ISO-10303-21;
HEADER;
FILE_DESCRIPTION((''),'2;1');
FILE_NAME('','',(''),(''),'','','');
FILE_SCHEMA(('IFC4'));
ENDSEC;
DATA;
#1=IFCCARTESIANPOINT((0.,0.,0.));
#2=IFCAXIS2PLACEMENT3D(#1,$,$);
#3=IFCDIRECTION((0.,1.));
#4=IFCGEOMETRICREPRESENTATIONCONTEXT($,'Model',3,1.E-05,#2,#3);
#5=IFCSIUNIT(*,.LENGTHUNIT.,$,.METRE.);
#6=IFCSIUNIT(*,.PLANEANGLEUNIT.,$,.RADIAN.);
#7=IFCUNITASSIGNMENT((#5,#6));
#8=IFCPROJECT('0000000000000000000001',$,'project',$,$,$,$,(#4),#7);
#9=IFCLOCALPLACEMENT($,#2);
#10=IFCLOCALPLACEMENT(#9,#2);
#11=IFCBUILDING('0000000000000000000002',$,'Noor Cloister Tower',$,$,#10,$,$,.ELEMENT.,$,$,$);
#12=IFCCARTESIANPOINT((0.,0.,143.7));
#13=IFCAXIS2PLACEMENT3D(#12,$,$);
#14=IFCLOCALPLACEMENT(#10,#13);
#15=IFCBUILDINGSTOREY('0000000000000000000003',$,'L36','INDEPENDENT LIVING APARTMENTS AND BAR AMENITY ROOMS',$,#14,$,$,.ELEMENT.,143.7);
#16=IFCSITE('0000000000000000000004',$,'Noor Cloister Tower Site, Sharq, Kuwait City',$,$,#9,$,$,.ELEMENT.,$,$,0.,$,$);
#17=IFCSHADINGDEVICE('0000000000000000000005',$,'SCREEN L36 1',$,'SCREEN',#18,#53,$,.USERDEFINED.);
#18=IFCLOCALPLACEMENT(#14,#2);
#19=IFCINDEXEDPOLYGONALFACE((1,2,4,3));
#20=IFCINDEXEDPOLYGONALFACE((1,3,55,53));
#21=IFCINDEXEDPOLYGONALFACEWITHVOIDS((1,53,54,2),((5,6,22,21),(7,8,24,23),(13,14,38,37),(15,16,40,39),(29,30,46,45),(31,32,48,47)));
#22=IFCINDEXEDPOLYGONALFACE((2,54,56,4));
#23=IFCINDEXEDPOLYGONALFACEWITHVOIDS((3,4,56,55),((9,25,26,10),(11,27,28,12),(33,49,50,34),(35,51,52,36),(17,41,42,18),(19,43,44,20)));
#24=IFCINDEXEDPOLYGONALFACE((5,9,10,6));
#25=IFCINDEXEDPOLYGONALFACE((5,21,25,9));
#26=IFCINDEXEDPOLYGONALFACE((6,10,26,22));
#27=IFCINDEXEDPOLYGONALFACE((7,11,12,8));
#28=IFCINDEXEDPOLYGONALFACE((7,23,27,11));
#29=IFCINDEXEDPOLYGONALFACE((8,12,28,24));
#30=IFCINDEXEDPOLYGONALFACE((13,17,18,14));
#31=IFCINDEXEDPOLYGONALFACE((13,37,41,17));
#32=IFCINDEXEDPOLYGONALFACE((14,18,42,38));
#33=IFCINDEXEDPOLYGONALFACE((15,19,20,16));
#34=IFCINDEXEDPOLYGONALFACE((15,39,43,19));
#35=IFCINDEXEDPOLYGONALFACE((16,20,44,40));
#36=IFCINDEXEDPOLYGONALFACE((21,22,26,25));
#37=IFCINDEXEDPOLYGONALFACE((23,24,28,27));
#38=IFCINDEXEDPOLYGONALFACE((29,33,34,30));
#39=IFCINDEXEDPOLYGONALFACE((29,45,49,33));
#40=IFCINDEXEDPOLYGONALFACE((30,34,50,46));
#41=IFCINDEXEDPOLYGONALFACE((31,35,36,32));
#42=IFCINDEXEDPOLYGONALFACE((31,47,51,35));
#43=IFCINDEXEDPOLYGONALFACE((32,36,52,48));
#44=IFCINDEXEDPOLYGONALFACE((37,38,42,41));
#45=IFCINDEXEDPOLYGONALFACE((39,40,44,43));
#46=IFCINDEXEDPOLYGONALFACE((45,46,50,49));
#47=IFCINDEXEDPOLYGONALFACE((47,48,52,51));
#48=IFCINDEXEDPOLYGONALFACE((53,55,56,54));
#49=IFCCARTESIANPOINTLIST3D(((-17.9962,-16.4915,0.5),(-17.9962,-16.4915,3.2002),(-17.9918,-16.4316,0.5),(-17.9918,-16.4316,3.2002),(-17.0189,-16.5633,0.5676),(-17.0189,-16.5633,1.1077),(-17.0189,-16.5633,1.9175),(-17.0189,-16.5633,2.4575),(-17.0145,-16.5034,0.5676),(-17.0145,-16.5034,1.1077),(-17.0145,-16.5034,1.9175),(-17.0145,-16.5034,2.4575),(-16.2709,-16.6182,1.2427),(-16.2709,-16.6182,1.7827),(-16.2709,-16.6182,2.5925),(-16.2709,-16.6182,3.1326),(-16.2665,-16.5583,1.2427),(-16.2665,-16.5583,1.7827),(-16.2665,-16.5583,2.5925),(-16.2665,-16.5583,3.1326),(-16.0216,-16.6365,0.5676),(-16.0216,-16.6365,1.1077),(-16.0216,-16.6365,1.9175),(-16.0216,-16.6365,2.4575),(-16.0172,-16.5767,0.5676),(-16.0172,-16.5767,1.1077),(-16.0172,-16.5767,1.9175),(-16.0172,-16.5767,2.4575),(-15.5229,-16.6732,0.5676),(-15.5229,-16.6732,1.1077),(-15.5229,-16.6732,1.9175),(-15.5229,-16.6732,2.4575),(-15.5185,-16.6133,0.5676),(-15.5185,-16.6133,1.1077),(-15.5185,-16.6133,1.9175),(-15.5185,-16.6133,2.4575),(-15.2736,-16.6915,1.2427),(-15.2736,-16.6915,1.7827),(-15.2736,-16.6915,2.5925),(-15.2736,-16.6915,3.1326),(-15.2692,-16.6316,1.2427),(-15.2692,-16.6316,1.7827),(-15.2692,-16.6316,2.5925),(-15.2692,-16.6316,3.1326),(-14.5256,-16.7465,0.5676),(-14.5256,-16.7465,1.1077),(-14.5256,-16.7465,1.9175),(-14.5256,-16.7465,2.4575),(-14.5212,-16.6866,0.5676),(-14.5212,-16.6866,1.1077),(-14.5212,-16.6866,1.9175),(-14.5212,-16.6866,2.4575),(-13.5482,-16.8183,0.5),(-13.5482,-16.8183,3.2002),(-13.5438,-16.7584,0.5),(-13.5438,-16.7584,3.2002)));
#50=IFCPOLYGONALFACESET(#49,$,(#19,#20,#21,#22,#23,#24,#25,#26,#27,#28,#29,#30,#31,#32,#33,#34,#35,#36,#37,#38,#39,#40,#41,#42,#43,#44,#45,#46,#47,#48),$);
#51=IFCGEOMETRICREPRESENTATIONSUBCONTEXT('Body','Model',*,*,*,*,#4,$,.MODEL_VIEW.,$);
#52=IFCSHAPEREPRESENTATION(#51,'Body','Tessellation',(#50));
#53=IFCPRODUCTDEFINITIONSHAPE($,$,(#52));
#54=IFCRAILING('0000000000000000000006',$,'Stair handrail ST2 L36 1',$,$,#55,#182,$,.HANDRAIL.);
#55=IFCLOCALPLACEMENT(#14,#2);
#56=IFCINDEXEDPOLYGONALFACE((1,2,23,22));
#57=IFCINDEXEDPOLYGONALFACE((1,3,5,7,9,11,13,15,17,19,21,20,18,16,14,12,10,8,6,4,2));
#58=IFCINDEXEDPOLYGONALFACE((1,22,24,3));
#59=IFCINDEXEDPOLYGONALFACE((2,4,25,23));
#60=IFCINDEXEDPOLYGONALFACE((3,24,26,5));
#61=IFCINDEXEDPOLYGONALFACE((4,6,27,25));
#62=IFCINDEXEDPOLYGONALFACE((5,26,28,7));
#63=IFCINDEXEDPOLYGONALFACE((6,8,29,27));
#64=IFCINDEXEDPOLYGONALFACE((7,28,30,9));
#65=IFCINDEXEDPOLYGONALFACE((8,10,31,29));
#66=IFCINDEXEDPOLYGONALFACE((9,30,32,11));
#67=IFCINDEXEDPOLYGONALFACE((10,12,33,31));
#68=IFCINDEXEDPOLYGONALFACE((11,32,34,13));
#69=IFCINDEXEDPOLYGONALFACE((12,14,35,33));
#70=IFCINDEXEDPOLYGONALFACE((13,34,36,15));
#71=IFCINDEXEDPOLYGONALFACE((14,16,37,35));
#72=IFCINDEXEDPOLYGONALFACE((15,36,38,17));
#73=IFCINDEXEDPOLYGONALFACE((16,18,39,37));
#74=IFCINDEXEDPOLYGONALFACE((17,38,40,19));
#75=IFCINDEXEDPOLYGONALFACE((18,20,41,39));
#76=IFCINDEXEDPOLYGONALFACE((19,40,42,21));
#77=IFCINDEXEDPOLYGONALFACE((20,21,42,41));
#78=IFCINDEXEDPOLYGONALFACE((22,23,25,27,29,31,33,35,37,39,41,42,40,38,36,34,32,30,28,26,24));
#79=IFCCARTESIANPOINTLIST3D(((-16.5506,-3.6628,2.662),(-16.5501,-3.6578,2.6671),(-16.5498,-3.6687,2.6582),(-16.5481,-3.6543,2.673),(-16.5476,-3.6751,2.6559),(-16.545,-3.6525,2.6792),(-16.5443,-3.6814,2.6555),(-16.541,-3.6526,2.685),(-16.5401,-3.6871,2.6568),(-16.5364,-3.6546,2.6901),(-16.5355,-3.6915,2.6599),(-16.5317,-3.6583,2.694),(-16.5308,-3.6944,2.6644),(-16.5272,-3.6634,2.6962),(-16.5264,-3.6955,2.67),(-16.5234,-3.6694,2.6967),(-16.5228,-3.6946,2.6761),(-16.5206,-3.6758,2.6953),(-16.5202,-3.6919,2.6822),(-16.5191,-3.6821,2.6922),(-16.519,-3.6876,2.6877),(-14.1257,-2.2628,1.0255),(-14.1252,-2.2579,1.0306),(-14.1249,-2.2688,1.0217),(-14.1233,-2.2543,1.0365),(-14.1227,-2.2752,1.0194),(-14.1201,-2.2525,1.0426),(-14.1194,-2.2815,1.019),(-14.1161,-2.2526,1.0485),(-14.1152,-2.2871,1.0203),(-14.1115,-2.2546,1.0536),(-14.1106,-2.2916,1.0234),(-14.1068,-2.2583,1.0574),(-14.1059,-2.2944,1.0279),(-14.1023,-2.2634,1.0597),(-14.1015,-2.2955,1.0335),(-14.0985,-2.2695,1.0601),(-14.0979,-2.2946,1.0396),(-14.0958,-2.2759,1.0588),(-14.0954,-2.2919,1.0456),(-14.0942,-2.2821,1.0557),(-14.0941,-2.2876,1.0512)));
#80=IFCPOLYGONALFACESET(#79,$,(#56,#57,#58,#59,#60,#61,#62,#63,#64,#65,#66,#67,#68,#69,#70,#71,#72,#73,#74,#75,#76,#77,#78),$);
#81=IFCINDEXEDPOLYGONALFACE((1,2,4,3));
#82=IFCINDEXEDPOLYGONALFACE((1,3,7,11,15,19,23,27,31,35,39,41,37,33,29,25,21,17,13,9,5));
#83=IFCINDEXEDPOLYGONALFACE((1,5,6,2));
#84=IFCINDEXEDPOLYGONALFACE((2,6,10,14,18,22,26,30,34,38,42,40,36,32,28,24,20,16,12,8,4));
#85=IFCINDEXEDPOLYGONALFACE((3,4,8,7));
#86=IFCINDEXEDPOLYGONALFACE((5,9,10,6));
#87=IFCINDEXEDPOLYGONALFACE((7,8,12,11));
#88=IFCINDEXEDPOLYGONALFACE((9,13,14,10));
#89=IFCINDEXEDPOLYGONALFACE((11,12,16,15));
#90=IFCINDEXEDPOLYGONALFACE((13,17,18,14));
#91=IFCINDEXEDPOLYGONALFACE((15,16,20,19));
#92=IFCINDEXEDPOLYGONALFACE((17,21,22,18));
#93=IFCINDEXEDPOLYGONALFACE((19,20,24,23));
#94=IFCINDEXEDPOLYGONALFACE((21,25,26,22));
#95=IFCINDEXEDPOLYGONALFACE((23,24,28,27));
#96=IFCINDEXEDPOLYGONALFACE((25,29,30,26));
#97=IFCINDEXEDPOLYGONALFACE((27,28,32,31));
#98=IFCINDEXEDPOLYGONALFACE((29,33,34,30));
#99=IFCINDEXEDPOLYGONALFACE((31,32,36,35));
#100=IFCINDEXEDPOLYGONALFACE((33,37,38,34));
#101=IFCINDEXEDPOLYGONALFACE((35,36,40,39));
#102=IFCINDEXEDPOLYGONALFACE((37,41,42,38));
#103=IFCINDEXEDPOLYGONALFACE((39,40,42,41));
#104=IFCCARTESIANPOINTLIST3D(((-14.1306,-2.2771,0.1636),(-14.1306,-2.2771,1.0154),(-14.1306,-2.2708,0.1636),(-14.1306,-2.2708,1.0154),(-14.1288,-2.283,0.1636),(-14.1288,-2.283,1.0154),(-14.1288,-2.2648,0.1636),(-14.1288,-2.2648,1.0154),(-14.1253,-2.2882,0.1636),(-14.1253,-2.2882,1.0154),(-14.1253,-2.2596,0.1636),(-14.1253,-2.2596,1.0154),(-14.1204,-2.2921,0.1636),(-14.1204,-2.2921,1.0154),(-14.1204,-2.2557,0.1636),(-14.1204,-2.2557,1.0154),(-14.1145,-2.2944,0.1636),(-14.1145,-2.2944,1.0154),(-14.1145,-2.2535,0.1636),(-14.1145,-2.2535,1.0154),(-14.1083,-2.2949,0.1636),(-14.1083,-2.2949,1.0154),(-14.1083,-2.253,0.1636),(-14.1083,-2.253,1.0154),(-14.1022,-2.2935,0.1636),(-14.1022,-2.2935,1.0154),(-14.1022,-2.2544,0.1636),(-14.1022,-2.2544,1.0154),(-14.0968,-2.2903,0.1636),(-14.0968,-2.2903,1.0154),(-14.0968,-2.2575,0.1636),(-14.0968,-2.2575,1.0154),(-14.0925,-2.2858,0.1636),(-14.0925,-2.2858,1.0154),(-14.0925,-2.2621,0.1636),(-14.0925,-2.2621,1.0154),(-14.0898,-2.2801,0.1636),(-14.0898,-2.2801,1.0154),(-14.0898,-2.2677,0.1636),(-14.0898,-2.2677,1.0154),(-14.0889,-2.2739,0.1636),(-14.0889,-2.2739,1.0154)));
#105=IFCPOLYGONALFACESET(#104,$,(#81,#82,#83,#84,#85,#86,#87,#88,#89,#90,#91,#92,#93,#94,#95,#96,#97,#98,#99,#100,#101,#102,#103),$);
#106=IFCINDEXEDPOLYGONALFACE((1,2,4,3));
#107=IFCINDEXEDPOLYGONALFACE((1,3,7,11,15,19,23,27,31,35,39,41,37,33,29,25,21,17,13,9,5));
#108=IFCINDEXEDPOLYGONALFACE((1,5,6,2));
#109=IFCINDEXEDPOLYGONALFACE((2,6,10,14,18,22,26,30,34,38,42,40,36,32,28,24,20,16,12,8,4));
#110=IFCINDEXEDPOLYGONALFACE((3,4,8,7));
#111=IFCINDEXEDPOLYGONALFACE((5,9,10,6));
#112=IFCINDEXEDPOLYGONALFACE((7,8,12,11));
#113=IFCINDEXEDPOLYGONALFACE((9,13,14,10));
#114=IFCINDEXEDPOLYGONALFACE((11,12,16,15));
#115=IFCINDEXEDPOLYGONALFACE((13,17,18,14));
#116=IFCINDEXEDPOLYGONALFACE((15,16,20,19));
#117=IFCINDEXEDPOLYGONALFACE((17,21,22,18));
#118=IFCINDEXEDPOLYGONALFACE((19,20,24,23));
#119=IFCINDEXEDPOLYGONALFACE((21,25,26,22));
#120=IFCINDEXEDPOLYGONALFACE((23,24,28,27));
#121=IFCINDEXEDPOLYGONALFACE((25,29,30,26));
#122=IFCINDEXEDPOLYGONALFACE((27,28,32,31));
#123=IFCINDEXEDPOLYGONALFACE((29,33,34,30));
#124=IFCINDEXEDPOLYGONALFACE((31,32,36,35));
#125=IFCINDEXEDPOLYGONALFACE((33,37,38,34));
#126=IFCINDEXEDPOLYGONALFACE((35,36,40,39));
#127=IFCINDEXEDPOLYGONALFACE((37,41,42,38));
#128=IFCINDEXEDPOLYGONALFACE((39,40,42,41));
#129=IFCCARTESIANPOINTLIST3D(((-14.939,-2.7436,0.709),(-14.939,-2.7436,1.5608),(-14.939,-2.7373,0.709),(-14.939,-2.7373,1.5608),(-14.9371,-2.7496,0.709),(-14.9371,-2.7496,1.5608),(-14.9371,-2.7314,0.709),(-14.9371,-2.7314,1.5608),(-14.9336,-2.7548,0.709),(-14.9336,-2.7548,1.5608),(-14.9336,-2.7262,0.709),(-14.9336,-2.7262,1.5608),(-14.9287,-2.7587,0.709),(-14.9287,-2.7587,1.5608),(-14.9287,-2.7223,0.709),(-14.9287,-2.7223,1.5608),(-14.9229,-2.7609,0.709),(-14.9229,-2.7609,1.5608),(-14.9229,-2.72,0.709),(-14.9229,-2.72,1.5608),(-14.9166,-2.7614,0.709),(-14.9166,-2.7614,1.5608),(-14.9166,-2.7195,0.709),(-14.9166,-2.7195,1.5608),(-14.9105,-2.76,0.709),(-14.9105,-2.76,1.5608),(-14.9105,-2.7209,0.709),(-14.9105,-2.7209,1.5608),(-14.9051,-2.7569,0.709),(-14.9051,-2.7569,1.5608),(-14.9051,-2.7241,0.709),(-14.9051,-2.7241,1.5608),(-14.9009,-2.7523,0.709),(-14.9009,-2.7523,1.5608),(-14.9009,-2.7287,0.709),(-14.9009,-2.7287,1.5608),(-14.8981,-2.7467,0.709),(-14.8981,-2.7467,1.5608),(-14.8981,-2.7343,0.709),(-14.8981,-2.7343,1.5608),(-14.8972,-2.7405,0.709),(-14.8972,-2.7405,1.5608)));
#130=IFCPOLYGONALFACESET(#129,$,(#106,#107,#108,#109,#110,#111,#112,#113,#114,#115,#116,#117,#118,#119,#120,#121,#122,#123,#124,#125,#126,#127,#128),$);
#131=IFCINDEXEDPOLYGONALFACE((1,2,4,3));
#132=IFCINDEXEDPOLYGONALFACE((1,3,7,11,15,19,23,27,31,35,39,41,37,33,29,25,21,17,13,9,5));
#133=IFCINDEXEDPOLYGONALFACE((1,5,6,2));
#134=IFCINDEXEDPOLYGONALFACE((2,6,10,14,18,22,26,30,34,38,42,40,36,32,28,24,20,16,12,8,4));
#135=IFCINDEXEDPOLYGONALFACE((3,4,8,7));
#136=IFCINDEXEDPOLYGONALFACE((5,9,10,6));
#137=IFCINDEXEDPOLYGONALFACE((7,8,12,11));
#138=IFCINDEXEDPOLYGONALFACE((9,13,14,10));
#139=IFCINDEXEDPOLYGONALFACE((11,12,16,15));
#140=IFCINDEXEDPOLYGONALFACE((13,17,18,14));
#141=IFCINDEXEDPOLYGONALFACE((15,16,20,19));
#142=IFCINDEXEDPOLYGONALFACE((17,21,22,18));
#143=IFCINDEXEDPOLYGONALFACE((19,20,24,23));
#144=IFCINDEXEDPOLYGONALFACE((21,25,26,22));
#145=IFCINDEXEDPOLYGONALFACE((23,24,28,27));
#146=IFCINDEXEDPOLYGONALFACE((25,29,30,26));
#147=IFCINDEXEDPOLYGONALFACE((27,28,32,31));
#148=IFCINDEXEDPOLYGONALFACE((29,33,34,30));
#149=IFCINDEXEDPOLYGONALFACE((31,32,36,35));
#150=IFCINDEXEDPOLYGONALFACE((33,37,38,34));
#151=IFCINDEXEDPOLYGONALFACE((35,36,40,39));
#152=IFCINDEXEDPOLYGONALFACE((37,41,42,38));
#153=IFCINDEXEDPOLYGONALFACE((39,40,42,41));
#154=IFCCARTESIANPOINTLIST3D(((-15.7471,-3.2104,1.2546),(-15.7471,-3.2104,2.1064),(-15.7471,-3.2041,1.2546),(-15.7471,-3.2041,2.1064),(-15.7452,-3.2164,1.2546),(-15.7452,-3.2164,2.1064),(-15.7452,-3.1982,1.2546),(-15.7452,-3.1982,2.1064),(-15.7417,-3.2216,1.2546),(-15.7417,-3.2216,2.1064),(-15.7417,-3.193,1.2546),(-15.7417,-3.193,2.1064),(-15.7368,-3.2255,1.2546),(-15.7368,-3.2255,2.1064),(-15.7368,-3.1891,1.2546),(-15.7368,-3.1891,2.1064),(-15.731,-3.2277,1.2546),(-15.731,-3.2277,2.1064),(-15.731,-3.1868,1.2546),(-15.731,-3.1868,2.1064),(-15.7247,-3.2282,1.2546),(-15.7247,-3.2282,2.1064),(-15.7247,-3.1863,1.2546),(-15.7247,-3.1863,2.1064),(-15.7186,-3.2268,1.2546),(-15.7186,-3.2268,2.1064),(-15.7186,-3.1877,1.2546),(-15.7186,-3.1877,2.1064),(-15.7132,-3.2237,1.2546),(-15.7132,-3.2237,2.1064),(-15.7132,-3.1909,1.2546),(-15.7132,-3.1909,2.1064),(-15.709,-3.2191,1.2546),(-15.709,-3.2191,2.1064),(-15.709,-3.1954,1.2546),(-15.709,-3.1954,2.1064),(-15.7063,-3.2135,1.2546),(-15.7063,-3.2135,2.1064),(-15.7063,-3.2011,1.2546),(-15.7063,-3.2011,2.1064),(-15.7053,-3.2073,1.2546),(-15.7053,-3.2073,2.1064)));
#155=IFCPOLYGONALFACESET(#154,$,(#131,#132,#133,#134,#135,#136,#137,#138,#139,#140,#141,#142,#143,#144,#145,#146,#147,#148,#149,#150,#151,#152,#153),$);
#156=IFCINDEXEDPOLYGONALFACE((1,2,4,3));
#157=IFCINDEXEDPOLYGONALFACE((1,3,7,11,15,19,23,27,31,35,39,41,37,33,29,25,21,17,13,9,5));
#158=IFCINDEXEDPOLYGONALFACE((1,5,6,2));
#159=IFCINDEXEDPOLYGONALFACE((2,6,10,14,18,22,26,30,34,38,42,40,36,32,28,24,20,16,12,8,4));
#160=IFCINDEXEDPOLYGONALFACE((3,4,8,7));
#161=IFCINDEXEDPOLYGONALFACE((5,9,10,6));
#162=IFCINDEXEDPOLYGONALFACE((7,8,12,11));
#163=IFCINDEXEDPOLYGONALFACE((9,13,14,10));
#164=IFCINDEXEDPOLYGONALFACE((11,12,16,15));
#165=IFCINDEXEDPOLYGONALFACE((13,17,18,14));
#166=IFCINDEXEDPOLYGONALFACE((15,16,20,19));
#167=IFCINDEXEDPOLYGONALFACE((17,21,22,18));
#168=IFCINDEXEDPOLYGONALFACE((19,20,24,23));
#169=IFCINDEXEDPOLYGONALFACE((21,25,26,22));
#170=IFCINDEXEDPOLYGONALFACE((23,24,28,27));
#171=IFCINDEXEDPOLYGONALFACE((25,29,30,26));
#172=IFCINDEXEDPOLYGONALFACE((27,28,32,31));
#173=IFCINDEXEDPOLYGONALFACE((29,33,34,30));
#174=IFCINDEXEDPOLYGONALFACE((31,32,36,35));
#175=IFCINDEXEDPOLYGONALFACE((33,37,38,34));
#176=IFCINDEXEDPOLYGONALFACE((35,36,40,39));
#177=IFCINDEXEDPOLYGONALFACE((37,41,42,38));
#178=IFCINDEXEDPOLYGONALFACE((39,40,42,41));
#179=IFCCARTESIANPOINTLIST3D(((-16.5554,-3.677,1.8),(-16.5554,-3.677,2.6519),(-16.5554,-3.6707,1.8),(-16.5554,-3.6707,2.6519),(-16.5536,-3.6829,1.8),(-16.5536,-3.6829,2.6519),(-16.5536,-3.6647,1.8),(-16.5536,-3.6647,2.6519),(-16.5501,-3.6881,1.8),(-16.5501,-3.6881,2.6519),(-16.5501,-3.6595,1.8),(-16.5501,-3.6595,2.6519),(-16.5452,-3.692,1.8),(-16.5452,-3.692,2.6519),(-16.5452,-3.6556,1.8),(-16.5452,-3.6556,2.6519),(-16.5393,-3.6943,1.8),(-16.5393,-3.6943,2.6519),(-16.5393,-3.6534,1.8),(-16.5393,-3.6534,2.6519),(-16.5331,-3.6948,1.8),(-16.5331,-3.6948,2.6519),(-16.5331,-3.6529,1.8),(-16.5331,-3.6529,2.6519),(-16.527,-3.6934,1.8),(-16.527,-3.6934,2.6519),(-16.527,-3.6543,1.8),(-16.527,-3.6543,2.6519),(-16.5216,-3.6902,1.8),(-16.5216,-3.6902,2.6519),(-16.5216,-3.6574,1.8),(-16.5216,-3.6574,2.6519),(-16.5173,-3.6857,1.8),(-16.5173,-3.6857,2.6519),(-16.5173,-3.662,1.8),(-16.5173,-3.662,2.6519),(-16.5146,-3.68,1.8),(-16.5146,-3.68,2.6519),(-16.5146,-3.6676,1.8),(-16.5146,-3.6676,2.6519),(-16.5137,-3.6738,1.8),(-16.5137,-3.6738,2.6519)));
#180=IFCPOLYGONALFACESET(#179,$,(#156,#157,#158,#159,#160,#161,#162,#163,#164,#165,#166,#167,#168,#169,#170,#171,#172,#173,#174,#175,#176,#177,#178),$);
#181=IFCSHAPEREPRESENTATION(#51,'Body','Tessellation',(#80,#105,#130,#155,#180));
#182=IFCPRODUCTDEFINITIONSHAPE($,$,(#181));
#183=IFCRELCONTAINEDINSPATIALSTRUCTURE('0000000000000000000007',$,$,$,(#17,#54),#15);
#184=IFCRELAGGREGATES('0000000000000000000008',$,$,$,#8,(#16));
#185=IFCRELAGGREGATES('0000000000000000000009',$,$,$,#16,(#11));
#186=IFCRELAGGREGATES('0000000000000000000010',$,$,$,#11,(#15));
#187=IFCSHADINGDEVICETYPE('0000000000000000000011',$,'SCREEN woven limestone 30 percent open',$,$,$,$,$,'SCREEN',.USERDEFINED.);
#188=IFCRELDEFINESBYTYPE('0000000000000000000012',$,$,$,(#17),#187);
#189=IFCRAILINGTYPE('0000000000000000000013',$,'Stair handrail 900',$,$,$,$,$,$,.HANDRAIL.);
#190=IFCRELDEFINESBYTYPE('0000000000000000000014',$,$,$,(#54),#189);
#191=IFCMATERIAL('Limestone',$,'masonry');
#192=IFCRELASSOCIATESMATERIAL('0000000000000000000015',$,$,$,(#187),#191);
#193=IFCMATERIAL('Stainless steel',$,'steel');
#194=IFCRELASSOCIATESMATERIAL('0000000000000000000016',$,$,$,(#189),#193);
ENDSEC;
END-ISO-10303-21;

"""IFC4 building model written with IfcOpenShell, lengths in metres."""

from ifc_helpers import new_model, si_unit, direction, frame, origin, origin_2d, place, context, subcontext, project, spatial, polyline, circle, outline, extrude, material, material_profile, profile_set, type_object, element, save


model = new_model("IFC4")

# Units and contexts
model_context = context("Model", 3, precision=1e-05, world=origin(), true_north=direction((0.0, 1.0)))
body_context = subcontext(model_context, "Body", "Model", "MODEL_VIEW")
ifc_project = project(units=[si_unit("LENGTHUNIT", "METRE"), si_unit("PLANEANGLEUNIT", "RADIAN")], contexts=[model_context])

# Site, building, storey
site_placement = place(None, origin())
site = spatial("IfcSite", under=ifc_project, at=site_placement, Name="Noor Cloister Tower Site, Sharq, Kuwait City", CompositionType="ELEMENT", RefElevation=0.0)
building_placement = place(site_placement, origin())
building = spatial("IfcBuilding", under=site, at=building_placement, Name="Noor Cloister Tower", CompositionType="ELEMENT")
storey_placement = place(building_placement, frame((0.0, 0.0, 143.7)))
storey = spatial("IfcBuildingStorey", under=building, at=storey_placement, Name="L36", Description="INDEPENDENT LIVING APARTMENTS AND BAR AMENITY ROOMS", CompositionType="ELEMENT", Elevation=143.7)

# Shading device
ifc_material_1 = material(Name="Limestone", Category="masonry")
ifc_material_profile_1 = material_profile(ifc_material_1, outline(polyline([(-2.23, -1.3501), (2.23, -1.3501), (2.23, 1.3501), (-2.23, 1.3501), (-2.23, -1.3501)]), holes=[polyline([(-1.25, -1.2825), (-0.25, -1.2825), (-0.25, -0.7424), (-1.25, -0.7424), (-1.25, -1.2825)]), polyline([(0.25, -1.2825), (1.25, -1.2825), (1.25, -0.7424), (0.25, -0.7424), (0.25, -1.2825)]), polyline([(-0.5, -0.6074), (0.5, -0.6074), (0.5, -0.0674), (-0.5, -0.0674), (-0.5, -0.6074)]), polyline([(-1.25, 0.0674), (-0.25, 0.0674), (-0.25, 0.6074), (-1.25, 0.6074), (-1.25, 0.0674)]), polyline([(0.25, 0.0674), (1.25, 0.0674), (1.25, 0.6074), (0.25, 0.6074), (0.25, 0.0674)]), polyline([(-0.5, 0.7424), (0.5, 0.7424), (0.5, 1.2825), (-0.5, 1.2825), (-0.5, 0.7424)])]), Name="Woven screen 30 percent open")
ifc_profile_set_1 = profile_set([ifc_material_profile_1], Name="Limestone")
shading_device_type = type_object("IfcShadingDeviceType", Name="SCREEN woven limestone 30 percent open", ElementType="SCREEN", PredefinedType="USERDEFINED", material=ifc_profile_set_1)
for number, where, z_axis, x_axis, name in (
    (1, (-15.7678, -16.595, 1.8501), (-0.073272, -0.997312, 0.0), (0.997312, -0.073272, 0.0), "SCREEN L36 1"),
):
    element("IfcShadingDevice", number, at=place(storey_placement, frame(where, z_axis=z_axis, x_axis=x_axis)), inside=storey, type_object=shading_device_type, Name=name, ObjectType="SCREEN", PredefinedType="USERDEFINED", context=body_context, shape_type="SweptSolid", body=[
        extrude(outline(polyline([(-2.23, -1.3501), (2.23, -1.3501), (2.23, 1.3501), (-2.23, 1.3501), (-2.23, -1.3501)]), holes=[polyline([(-1.25, -1.2825), (-0.25, -1.2825), (-0.25, -0.7424), (-1.25, -0.7424), (-1.25, -1.2825)]), polyline([(0.25, -1.2825), (1.25, -1.2825), (1.25, -0.7424), (0.25, -0.7424), (0.25, -1.2825)]), polyline([(-0.5, -0.6074), (0.5, -0.6074), (0.5, -0.0674), (-0.5, -0.0674), (-0.5, -0.6074)]), polyline([(-1.25, 0.0674), (-0.25, 0.0674), (-0.25, 0.6074), (-1.25, 0.6074), (-1.25, 0.0674)]), polyline([(0.25, 0.0674), (1.25, 0.0674), (1.25, 0.6074), (0.25, 0.6074), (0.25, 0.0674)]), polyline([(-0.5, 0.7424), (0.5, 0.7424), (0.5, 1.2825), (-0.5, 1.2825), (-0.5, 0.7424)])]), origin(), (0.0, 0.0, 1.0), 0.0601),
    ])

# Railing
ifc_material_2 = material(Name="Stainless steel", Category="steel")
railing_type_1 = type_object("IfcRailingType", Name="Stair handrail 900", PredefinedType="HANDRAIL", material=ifc_material_2)
railing_1_placement = place(storey_placement, frame((-14.1099, -2.2739, 0.1636)))
element("IfcRailing", 2, at=railing_1_placement, inside=storey, type_object=railing_type_1, Name="Stair handrail ST2 L36 1", PredefinedType="HANDRAIL", context=body_context, shape_type="SweptSolid", body=[
    extrude(circle(Radius=0.0239, at=origin_2d()), frame((0.0, 0.0, 0.876), z_axis=(-0.74769, -0.431661, 0.504608), x_axis=(0.499984, -0.866035, 0.0)), (0.0, 0.0, 1.0), 3.2432),
    extrude(circle(Radius=0.021, at=origin_2d()), origin(), (0.0, 0.0, 1.0), 0.8518),
    extrude(circle(Radius=0.021, at=origin_2d()), frame((-0.8083, -0.4666, 0.5454)), (0.0, 0.0, 1.0), 0.8518),
    extrude(circle(Radius=0.021, at=origin_2d()), frame((-1.6165, -0.9333, 1.0911)), (0.0, 0.0, 1.0), 0.8518),
    extrude(circle(Radius=0.021, at=origin_2d()), frame((-2.4248, -1.3999, 1.6365)), (0.0, 0.0, 1.0), 0.8518),
])

save(model, "model.ifc")
